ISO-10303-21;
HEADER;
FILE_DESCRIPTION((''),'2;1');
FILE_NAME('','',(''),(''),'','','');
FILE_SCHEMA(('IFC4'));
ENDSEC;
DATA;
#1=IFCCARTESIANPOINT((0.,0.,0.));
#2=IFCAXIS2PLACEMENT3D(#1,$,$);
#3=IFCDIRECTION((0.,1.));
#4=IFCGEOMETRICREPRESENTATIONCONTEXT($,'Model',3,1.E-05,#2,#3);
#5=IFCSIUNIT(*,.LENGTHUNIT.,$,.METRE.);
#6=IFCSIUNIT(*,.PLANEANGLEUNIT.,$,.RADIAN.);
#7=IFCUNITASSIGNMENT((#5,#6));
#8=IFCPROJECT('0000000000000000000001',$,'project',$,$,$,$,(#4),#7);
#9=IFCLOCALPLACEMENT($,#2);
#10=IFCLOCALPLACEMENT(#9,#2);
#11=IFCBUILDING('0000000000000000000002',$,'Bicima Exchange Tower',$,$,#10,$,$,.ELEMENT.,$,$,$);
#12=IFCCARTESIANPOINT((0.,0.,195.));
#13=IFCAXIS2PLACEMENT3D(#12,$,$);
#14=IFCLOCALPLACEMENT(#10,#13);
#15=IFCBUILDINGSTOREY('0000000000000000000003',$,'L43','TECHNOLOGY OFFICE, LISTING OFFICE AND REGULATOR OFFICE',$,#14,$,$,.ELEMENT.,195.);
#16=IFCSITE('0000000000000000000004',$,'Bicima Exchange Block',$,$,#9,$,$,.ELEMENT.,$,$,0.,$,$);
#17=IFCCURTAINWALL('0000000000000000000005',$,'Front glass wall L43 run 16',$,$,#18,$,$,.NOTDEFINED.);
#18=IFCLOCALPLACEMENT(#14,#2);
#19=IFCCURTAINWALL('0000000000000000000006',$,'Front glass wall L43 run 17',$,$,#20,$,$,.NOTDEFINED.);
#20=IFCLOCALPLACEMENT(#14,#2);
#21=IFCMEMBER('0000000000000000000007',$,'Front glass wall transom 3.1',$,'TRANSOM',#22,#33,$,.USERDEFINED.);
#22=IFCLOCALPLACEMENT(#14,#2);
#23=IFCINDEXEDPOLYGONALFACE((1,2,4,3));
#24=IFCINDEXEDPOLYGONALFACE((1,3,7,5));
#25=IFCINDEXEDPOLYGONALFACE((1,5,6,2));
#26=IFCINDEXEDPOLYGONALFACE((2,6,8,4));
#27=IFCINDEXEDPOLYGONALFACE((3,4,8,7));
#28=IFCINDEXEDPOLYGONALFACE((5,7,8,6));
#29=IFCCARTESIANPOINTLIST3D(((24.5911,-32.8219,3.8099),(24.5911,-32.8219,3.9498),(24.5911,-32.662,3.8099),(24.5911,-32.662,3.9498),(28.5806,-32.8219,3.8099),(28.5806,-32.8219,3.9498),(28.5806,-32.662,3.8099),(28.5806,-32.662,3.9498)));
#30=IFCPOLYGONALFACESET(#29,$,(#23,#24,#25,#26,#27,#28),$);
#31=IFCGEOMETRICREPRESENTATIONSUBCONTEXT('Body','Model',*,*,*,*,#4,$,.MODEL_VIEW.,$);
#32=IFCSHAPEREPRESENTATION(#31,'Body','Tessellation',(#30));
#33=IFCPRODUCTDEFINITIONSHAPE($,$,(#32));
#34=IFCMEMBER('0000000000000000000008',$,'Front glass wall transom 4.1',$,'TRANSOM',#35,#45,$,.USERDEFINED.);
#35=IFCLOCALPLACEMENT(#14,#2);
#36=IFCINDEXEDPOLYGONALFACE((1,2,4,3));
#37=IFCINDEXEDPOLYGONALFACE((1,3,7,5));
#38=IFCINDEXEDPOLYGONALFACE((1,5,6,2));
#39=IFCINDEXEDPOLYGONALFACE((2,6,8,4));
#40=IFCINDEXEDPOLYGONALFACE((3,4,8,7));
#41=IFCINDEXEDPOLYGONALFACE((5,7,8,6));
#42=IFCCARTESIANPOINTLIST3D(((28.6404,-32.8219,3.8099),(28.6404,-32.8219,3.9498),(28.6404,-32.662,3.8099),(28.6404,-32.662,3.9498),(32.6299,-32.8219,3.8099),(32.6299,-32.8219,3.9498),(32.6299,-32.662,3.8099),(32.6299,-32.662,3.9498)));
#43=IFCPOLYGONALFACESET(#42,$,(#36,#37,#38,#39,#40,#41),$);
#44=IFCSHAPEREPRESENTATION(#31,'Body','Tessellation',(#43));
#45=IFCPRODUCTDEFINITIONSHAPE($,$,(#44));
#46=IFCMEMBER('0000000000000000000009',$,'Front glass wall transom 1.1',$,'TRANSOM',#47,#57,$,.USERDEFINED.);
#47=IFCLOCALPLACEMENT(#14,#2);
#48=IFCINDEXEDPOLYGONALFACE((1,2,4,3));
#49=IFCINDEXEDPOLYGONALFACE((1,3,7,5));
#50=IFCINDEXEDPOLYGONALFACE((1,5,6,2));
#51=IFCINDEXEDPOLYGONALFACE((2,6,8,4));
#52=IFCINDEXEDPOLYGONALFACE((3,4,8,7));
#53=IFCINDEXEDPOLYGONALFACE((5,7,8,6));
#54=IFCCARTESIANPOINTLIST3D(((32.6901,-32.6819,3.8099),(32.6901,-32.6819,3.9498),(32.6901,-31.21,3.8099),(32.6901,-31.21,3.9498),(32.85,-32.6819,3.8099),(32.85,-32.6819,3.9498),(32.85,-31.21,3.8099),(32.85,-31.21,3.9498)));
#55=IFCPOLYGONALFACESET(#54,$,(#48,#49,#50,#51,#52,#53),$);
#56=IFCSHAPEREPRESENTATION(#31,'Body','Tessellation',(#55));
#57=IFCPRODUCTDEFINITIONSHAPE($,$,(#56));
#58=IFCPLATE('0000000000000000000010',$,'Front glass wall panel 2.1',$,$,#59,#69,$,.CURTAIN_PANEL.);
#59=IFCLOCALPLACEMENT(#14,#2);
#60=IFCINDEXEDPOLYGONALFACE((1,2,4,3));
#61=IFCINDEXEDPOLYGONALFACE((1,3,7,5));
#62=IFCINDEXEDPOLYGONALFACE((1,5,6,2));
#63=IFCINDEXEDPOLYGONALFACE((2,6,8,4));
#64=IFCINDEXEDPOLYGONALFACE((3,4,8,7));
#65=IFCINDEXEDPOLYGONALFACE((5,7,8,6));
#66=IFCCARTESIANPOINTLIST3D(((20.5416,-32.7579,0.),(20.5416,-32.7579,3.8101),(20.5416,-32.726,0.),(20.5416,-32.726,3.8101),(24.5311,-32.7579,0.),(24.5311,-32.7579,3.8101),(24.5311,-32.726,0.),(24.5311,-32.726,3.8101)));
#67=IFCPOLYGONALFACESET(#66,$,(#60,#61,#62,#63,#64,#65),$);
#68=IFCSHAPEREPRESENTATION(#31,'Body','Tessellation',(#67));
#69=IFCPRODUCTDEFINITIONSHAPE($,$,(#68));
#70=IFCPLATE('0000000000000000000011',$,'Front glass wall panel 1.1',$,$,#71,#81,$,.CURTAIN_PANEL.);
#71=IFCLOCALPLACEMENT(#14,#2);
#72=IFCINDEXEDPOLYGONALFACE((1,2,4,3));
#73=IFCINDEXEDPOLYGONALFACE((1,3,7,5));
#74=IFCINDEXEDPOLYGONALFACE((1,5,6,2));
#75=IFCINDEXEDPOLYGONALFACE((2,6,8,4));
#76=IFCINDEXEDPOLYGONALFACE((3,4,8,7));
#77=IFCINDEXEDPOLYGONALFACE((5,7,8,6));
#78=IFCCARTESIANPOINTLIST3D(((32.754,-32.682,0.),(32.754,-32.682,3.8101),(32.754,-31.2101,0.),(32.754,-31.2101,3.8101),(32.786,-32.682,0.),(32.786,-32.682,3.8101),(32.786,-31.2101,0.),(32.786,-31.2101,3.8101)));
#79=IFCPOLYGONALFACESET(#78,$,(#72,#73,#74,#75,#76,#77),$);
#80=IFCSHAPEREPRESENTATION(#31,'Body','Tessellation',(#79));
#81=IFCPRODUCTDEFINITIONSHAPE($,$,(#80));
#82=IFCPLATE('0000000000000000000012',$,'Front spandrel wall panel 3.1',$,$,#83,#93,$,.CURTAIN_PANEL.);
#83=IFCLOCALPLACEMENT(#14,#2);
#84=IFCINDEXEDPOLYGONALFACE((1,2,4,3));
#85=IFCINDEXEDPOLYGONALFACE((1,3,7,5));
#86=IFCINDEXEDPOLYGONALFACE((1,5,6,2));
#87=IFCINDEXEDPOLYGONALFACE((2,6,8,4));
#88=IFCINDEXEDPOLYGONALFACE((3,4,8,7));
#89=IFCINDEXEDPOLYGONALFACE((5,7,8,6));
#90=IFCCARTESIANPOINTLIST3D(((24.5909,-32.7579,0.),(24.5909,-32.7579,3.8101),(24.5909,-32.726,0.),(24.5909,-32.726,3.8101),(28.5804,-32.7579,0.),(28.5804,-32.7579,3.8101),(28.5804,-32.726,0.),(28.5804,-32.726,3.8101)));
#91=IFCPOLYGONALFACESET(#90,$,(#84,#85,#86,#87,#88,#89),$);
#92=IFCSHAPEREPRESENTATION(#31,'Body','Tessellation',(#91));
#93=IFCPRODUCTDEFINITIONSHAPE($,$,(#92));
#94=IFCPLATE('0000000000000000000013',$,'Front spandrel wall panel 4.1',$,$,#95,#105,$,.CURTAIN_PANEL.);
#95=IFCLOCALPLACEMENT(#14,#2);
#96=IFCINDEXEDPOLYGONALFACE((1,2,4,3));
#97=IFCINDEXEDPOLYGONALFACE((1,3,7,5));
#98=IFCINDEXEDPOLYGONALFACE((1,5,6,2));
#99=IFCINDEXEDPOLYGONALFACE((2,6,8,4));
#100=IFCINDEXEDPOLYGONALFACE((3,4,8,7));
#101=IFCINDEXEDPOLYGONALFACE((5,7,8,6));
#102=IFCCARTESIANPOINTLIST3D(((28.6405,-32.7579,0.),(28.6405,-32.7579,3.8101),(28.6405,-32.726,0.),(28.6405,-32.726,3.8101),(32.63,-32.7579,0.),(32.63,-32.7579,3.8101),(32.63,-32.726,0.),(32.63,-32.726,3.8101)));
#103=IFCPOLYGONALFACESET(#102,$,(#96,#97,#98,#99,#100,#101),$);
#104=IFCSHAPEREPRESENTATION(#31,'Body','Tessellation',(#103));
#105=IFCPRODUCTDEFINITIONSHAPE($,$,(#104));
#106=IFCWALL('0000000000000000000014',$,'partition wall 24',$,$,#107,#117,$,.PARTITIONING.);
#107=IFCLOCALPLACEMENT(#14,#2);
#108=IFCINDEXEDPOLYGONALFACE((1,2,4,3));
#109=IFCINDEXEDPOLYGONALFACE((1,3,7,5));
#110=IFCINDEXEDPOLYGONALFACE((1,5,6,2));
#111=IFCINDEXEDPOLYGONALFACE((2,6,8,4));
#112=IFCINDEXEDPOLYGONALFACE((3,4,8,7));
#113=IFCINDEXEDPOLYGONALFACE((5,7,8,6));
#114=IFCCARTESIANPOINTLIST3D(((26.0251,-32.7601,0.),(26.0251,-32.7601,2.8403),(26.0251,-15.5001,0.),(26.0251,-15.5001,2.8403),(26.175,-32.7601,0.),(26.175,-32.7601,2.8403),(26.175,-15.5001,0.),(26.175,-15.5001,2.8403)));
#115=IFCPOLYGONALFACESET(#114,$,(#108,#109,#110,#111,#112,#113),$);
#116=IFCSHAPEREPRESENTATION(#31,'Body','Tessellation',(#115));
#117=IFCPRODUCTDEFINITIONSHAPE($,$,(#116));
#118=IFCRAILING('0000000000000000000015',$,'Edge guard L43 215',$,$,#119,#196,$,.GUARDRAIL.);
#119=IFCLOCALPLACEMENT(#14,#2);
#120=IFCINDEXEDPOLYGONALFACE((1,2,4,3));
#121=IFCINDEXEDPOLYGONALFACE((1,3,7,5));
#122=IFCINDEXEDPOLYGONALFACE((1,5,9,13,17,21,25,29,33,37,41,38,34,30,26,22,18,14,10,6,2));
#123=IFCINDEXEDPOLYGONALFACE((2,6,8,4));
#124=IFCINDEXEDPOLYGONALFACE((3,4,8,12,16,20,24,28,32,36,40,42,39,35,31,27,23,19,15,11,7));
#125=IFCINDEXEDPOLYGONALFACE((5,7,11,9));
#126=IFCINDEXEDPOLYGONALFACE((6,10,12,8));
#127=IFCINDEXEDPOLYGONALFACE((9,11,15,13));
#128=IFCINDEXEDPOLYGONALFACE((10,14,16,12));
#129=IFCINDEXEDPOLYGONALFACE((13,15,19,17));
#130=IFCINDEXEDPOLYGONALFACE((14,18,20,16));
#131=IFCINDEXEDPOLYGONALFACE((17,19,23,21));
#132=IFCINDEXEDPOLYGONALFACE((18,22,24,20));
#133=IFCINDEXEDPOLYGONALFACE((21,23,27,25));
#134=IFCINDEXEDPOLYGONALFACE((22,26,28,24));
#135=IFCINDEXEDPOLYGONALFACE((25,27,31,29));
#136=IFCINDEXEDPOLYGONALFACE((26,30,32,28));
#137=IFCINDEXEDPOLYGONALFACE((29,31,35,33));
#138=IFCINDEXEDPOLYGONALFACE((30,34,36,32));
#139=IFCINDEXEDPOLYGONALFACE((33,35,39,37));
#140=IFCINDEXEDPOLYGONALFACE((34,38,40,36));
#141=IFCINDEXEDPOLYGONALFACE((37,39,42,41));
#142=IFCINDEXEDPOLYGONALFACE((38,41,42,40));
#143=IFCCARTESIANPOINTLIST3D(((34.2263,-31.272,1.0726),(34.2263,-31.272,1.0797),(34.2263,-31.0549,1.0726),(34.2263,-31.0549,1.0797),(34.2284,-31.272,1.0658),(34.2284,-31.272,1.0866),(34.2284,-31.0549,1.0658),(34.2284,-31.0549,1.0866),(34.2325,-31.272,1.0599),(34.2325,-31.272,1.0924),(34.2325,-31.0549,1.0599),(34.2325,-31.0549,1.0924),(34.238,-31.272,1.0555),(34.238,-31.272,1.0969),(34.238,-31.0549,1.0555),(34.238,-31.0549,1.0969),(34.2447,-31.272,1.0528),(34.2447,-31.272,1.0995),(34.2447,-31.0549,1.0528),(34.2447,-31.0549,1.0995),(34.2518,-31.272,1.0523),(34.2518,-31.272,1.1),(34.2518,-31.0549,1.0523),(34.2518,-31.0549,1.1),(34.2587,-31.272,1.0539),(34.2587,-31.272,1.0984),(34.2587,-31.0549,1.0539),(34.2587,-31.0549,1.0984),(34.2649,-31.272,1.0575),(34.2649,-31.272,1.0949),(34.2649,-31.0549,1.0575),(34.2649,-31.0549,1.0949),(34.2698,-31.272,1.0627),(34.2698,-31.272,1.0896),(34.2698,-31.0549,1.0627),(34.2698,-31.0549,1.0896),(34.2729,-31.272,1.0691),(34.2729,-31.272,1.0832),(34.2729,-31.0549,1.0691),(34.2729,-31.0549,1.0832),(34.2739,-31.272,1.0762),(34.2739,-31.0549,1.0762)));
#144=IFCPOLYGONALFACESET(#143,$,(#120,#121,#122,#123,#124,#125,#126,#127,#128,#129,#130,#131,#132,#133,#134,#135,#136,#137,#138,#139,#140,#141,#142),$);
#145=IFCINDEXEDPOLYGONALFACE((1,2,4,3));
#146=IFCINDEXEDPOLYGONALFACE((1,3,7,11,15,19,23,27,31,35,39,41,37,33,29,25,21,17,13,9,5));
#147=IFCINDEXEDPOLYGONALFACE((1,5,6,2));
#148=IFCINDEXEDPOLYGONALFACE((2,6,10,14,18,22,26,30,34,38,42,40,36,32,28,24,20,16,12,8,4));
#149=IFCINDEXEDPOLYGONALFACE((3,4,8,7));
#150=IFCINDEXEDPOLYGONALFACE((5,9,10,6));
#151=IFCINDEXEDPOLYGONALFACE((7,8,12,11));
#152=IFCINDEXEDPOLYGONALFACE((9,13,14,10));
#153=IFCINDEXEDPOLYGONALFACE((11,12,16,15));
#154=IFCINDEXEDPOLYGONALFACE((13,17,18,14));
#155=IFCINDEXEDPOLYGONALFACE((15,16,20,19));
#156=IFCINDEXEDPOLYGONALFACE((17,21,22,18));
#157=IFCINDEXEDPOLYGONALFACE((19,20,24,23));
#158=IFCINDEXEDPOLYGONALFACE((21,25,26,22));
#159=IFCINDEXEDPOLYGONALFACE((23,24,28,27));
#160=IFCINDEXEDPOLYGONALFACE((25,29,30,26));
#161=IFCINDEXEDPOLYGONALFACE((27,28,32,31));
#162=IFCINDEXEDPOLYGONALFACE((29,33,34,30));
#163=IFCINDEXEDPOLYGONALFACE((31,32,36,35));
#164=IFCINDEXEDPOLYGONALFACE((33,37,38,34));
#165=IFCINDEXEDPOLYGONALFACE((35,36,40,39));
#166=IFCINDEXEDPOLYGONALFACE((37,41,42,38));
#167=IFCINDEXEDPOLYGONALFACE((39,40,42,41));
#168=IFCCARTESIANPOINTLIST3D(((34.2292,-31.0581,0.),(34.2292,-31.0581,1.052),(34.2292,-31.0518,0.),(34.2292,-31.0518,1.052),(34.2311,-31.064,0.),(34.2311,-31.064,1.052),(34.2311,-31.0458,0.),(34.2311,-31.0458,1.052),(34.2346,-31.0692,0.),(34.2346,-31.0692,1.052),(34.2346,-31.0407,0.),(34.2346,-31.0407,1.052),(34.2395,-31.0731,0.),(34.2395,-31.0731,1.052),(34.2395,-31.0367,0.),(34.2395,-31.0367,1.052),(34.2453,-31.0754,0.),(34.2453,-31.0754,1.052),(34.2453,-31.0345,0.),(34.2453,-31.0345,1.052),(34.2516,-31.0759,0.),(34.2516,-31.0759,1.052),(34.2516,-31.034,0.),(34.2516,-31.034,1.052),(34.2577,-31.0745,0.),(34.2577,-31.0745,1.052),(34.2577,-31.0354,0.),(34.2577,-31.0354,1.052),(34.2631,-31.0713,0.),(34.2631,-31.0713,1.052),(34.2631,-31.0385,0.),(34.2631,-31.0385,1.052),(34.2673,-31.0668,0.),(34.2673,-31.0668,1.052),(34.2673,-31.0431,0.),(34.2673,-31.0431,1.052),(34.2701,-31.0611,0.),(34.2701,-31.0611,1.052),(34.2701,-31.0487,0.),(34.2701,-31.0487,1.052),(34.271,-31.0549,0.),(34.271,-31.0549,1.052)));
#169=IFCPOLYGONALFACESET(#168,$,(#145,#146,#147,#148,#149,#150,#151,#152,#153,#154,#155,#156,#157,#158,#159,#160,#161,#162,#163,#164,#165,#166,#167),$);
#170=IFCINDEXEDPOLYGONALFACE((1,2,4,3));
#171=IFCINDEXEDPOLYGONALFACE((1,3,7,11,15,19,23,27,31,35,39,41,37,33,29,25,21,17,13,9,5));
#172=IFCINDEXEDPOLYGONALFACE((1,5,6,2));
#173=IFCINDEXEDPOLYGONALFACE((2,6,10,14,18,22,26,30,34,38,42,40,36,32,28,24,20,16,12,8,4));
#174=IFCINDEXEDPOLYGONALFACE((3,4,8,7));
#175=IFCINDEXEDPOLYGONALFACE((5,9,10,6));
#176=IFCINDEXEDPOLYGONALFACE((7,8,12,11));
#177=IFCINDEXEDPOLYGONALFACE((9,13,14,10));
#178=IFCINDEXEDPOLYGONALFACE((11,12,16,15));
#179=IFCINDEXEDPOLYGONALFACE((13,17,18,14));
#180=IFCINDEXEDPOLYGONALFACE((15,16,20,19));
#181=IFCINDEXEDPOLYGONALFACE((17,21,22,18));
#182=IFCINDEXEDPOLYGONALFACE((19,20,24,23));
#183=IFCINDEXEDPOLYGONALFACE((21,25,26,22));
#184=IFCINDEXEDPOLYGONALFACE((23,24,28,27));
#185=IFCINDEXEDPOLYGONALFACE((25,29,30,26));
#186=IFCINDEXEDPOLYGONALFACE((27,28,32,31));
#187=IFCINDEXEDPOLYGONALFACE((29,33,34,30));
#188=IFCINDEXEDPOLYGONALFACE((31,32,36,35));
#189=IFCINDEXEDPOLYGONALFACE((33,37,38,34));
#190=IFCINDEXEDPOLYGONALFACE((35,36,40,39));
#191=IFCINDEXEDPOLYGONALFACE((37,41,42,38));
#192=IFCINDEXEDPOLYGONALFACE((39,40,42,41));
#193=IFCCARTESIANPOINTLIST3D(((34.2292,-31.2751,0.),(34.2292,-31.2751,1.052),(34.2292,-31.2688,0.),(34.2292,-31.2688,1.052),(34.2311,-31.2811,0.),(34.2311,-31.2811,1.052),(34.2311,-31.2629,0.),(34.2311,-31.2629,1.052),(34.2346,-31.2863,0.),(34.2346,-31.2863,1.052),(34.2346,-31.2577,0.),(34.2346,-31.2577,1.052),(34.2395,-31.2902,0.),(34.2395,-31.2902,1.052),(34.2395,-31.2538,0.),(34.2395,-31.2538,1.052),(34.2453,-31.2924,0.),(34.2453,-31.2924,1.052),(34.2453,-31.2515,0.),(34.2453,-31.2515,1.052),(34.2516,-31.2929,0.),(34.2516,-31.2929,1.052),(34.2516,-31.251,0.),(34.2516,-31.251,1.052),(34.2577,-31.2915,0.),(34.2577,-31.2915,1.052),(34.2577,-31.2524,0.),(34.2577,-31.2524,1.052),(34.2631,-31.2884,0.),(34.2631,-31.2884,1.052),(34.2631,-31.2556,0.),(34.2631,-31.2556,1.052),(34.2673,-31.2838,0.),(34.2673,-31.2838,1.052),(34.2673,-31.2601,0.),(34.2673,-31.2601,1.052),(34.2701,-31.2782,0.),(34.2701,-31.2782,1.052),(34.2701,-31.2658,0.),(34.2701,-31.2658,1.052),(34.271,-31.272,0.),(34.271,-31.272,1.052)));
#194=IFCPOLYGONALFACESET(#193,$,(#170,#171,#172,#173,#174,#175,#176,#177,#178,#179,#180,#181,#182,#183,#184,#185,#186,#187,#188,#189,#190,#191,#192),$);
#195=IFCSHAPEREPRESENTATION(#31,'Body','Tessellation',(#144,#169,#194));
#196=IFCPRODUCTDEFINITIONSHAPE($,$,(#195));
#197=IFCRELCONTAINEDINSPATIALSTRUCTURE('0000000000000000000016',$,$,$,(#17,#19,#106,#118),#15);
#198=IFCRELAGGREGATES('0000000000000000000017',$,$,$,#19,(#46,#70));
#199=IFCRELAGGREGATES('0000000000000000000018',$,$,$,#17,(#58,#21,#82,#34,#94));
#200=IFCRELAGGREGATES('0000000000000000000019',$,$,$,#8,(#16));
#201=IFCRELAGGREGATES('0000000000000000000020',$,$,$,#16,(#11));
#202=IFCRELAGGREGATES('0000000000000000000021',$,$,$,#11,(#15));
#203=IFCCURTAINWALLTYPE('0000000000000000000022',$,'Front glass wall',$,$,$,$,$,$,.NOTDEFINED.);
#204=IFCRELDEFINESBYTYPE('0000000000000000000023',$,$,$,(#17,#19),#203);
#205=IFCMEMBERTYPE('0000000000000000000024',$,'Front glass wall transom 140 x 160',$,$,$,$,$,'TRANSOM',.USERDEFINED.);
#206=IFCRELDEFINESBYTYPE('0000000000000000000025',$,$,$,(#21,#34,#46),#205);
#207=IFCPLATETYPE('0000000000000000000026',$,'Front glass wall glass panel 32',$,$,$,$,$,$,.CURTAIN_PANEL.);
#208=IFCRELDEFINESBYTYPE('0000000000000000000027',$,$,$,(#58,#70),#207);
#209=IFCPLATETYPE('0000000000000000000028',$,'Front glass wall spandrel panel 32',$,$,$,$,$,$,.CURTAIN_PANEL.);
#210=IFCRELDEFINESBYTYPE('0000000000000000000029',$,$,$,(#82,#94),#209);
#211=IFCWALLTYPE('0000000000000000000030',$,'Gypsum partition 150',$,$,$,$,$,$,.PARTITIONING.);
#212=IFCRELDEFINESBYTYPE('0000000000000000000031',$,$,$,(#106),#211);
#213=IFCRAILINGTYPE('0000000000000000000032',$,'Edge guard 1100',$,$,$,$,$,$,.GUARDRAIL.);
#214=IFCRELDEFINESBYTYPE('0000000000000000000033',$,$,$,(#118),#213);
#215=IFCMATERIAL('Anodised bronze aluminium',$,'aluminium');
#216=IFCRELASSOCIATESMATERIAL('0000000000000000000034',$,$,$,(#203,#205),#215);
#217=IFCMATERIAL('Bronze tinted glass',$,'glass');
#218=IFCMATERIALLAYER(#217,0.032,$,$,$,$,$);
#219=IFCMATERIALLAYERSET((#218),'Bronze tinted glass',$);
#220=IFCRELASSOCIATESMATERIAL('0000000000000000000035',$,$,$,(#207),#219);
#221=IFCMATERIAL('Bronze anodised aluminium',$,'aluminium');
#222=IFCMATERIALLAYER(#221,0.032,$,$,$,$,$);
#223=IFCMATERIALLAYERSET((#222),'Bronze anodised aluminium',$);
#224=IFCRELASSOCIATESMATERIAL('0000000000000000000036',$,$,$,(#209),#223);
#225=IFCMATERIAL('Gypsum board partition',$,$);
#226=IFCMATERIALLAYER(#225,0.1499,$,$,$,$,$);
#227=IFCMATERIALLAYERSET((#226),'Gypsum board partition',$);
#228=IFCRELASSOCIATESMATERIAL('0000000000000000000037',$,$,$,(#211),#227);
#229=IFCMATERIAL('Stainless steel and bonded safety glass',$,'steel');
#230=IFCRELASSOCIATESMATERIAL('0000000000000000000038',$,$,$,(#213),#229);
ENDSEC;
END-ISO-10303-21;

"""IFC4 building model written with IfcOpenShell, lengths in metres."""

from ifc_helpers import new_model, si_unit, direction, frame, frame_2d, origin, origin_2d, place, context, subcontext, project, spatial, rectangle, circle, extrude, material, layer, layer_set, material_profile, profile_set, type_object, element, aggregate, save


model = new_model("IFC4")

# Units and contexts
model_context = context("Model", 3, precision=1e-05, world=origin(), true_north=direction((0.0, 1.0)))
body_context = subcontext(model_context, "Body", "Model", "MODEL_VIEW")
ifc_project = project(units=[si_unit("LENGTHUNIT", "METRE"), si_unit("PLANEANGLEUNIT", "RADIAN")], contexts=[model_context])

# Site, building, storey
site_placement = place(None, origin())
site = spatial("IfcSite", under=ifc_project, at=site_placement, Name="Bicima Exchange Block", CompositionType="ELEMENT", RefElevation=0.0)
building_placement = place(site_placement, origin())
building = spatial("IfcBuilding", under=site, at=building_placement, Name="Bicima Exchange Tower", CompositionType="ELEMENT")
storey_placement = place(building_placement, frame((0.0, 0.0, 195.0)))
storey = spatial("IfcBuildingStorey", under=building, at=storey_placement, Name="L43", Description="TECHNOLOGY OFFICE, LISTING OFFICE AND REGULATOR OFFICE", CompositionType="ELEMENT", Elevation=195.0)

# Curtain walls
ifc_material_1 = material(Name="Anodised bronze aluminium", Category="aluminium")
curtain_wall_type = type_object("IfcCurtainWallType", Name="Front glass wall", PredefinedType="NOTDEFINED", material=ifc_material_1)
curtain_wall_1_placement = place(storey_placement, origin())
curtain_wall_1 = element("IfcCurtainWall", 1, at=curtain_wall_1_placement, inside=storey, type_object=curtain_wall_type, Name="Front glass wall L43 run 16", PredefinedType="NOTDEFINED")
curtain_wall_2_placement = place(storey_placement, origin())
curtain_wall_2 = element("IfcCurtainWall", 2, at=curtain_wall_2_placement, inside=storey, type_object=curtain_wall_type, Name="Front glass wall L43 run 17", PredefinedType="NOTDEFINED")

# Members
ifc_material_profile_1 = material_profile(ifc_material_1, rectangle(XDim=0.1599, YDim=0.1399, at=origin_2d()))
ifc_profile_set_1 = profile_set([ifc_material_profile_1], Name="Anodised bronze aluminium")
member_type_1 = type_object("IfcMemberType", Name="Front glass wall transom 140 x 160", ElementType="TRANSOM", PredefinedType="USERDEFINED", material=ifc_profile_set_1)
member_1_placement = place(storey_placement, frame((24.5911, -32.7419, 3.8799), z_axis=(1.0, 0.0, 0.0), x_axis=(0.0, 1.0, 0.0)))
member_1 = element("IfcMember", 3, at=member_1_placement, type_object=member_type_1, Name="Front glass wall transom 3.1", ObjectType="TRANSOM", PredefinedType="USERDEFINED", context=body_context, shape_type="SweptSolid", body=[
    extrude(rectangle(XDim=0.1599, YDim=0.1399, at=origin_2d()), origin(), (0.0, 0.0, 1.0), 3.9895),
])
member_2_placement = place(storey_placement, frame((28.6404, -32.7419, 3.8799), z_axis=(1.0, 0.0, 0.0), x_axis=(0.0, 1.0, 0.0)))
member_2 = element("IfcMember", 4, at=member_2_placement, type_object=member_type_1, Name="Front glass wall transom 4.1", ObjectType="TRANSOM", PredefinedType="USERDEFINED", context=body_context, shape_type="SweptSolid", body=[
    extrude(rectangle(XDim=0.1599, YDim=0.1399, at=origin_2d()), origin(), (0.0, 0.0, 1.0), 3.9895),
])
member_3_placement = place(storey_placement, frame((32.77, -32.6819, 3.8799), z_axis=(0.0, 1.0, 0.0), x_axis=(-1.0, 0.0, 0.0)))
member_3 = element("IfcMember", 5, at=member_3_placement, type_object=member_type_1, Name="Front glass wall transom 1.1", ObjectType="TRANSOM", PredefinedType="USERDEFINED", context=body_context, shape_type="SweptSolid", body=[
    extrude(rectangle(XDim=0.1599, YDim=0.1399, at=origin_2d()), origin(), (0.0, 0.0, 1.0), 1.4719),
])

# Plates
ifc_material_2 = material(Name="Bronze tinted glass", Category="glass")
ifc_layer_1 = layer(ifc_material_2, 0.032)
ifc_layer_set_1 = layer_set([ifc_layer_1], Name="Bronze tinted glass")
plate_type_1 = type_object("IfcPlateType", Name="Front glass wall glass panel 32", PredefinedType="CURTAIN_PANEL", material=ifc_layer_set_1)
plate_1_placement = place(storey_placement, frame((22.5364, -32.7419, 0.0), z_axis=(0.0, 0.0, 1.0), x_axis=(1.0, 0.0, 0.0)))
plate_1 = element("IfcPlate", 6, at=plate_1_placement, type_object=plate_type_1, Name="Front glass wall panel 2.1", PredefinedType="CURTAIN_PANEL", context=body_context, shape_type="SweptSolid", body=[
    extrude(rectangle(XDim=3.9895, YDim=0.032, at=origin_2d()), origin(), (0.0, 0.0, 1.0), 3.8101),
])
plate_2_placement = place(storey_placement, frame((32.77, -31.946, 0.0), z_axis=(0.0, 0.0, 1.0), x_axis=(0.0, 1.0, 0.0)))
plate_2 = element("IfcPlate", 7, at=plate_2_placement, type_object=plate_type_1, Name="Front glass wall panel 1.1", PredefinedType="CURTAIN_PANEL", context=body_context, shape_type="SweptSolid", body=[
    extrude(rectangle(XDim=1.4719, YDim=0.032, at=origin_2d()), origin(), (0.0, 0.0, 1.0), 3.8101),
])
aggregate(curtain_wall_2, [member_3, plate_2])
ifc_material_3 = material(Name="Bronze anodised aluminium", Category="aluminium")
ifc_layer_2 = layer(ifc_material_3, 0.032)
ifc_layer_set_2 = layer_set([ifc_layer_2], Name="Bronze anodised aluminium")
plate_type_2 = type_object("IfcPlateType", Name="Front glass wall spandrel panel 32", PredefinedType="CURTAIN_PANEL", material=ifc_layer_set_2)
plate_3_placement = place(storey_placement, frame((26.5857, -32.7419, 0.0), z_axis=(0.0, 0.0, 1.0), x_axis=(1.0, 0.0, 0.0)))
plate_3 = element("IfcPlate", 8, at=plate_3_placement, type_object=plate_type_2, Name="Front spandrel wall panel 3.1", PredefinedType="CURTAIN_PANEL", context=body_context, shape_type="SweptSolid", body=[
    extrude(rectangle(XDim=3.9895, YDim=0.032, at=origin_2d()), origin(), (0.0, 0.0, 1.0), 3.8101),
])
plate_4_placement = place(storey_placement, frame((30.6353, -32.7419, 0.0), z_axis=(0.0, 0.0, 1.0), x_axis=(1.0, 0.0, 0.0)))
plate_4 = element("IfcPlate", 9, at=plate_4_placement, type_object=plate_type_2, Name="Front spandrel wall panel 4.1", PredefinedType="CURTAIN_PANEL", context=body_context, shape_type="SweptSolid", body=[
    extrude(rectangle(XDim=3.9895, YDim=0.032, at=origin_2d()), origin(), (0.0, 0.0, 1.0), 3.8101),
])
aggregate(curtain_wall_1, [plate_1, member_1, plate_3, member_2, plate_4])

# Wall
ifc_material_4 = material(Name="Gypsum board partition")
ifc_layer_3 = layer(ifc_material_4, 0.1499)
ifc_layer_set_3 = layer_set([ifc_layer_3], Name="Gypsum board partition")
wall_type = type_object("IfcWallType", Name="Gypsum partition 150", PredefinedType="PARTITIONING", material=ifc_layer_set_3)
wall_placement = place(storey_placement, frame((26.1001, -32.76, 0.0), z_axis=(0.0, 0.0, 1.0), x_axis=(0.0, 1.0, 0.0)))
element("IfcWall", 10, at=wall_placement, inside=storey, type_object=wall_type, Name="partition wall 24", PredefinedType="PARTITIONING", context=body_context, shape_type="SweptSolid", body=[
    extrude(rectangle(XDim=17.26, YDim=0.1499, at=frame_2d((8.6299, 0.0))), origin(), (0.0, 0.0, 1.0), 2.8403),
])

# Railing
ifc_material_5 = material(Name="Stainless steel and bonded safety glass", Category="steel")
railing_type = type_object("IfcRailingType", Name="Edge guard 1100", PredefinedType="GUARDRAIL", material=ifc_material_5)
railing_1_placement = place(storey_placement, frame((34.25, -31.0549, 0.0)))
element("IfcRailing", 11, at=railing_1_placement, inside=storey, type_object=railing_type, Name="Edge guard L43 215", PredefinedType="GUARDRAIL", context=body_context, shape_type="SweptSolid", body=[
    extrude(circle(Radius=0.0239, at=origin_2d()), frame((0.0, 0.0, 1.0762), z_axis=(0.0, -1.0, 0.0), x_axis=(1.0, 0.0, 0.0)), (0.0, 0.0, 1.0), 0.217),
    extrude(circle(Radius=0.021, at=origin_2d()), origin(), (0.0, 0.0, 1.0), 1.052),
    extrude(circle(Radius=0.021, at=origin_2d()), frame((0.0, -0.217, 0.0)), (0.0, 0.0, 1.0), 1.052),
])

save(model, "model.ifc")
